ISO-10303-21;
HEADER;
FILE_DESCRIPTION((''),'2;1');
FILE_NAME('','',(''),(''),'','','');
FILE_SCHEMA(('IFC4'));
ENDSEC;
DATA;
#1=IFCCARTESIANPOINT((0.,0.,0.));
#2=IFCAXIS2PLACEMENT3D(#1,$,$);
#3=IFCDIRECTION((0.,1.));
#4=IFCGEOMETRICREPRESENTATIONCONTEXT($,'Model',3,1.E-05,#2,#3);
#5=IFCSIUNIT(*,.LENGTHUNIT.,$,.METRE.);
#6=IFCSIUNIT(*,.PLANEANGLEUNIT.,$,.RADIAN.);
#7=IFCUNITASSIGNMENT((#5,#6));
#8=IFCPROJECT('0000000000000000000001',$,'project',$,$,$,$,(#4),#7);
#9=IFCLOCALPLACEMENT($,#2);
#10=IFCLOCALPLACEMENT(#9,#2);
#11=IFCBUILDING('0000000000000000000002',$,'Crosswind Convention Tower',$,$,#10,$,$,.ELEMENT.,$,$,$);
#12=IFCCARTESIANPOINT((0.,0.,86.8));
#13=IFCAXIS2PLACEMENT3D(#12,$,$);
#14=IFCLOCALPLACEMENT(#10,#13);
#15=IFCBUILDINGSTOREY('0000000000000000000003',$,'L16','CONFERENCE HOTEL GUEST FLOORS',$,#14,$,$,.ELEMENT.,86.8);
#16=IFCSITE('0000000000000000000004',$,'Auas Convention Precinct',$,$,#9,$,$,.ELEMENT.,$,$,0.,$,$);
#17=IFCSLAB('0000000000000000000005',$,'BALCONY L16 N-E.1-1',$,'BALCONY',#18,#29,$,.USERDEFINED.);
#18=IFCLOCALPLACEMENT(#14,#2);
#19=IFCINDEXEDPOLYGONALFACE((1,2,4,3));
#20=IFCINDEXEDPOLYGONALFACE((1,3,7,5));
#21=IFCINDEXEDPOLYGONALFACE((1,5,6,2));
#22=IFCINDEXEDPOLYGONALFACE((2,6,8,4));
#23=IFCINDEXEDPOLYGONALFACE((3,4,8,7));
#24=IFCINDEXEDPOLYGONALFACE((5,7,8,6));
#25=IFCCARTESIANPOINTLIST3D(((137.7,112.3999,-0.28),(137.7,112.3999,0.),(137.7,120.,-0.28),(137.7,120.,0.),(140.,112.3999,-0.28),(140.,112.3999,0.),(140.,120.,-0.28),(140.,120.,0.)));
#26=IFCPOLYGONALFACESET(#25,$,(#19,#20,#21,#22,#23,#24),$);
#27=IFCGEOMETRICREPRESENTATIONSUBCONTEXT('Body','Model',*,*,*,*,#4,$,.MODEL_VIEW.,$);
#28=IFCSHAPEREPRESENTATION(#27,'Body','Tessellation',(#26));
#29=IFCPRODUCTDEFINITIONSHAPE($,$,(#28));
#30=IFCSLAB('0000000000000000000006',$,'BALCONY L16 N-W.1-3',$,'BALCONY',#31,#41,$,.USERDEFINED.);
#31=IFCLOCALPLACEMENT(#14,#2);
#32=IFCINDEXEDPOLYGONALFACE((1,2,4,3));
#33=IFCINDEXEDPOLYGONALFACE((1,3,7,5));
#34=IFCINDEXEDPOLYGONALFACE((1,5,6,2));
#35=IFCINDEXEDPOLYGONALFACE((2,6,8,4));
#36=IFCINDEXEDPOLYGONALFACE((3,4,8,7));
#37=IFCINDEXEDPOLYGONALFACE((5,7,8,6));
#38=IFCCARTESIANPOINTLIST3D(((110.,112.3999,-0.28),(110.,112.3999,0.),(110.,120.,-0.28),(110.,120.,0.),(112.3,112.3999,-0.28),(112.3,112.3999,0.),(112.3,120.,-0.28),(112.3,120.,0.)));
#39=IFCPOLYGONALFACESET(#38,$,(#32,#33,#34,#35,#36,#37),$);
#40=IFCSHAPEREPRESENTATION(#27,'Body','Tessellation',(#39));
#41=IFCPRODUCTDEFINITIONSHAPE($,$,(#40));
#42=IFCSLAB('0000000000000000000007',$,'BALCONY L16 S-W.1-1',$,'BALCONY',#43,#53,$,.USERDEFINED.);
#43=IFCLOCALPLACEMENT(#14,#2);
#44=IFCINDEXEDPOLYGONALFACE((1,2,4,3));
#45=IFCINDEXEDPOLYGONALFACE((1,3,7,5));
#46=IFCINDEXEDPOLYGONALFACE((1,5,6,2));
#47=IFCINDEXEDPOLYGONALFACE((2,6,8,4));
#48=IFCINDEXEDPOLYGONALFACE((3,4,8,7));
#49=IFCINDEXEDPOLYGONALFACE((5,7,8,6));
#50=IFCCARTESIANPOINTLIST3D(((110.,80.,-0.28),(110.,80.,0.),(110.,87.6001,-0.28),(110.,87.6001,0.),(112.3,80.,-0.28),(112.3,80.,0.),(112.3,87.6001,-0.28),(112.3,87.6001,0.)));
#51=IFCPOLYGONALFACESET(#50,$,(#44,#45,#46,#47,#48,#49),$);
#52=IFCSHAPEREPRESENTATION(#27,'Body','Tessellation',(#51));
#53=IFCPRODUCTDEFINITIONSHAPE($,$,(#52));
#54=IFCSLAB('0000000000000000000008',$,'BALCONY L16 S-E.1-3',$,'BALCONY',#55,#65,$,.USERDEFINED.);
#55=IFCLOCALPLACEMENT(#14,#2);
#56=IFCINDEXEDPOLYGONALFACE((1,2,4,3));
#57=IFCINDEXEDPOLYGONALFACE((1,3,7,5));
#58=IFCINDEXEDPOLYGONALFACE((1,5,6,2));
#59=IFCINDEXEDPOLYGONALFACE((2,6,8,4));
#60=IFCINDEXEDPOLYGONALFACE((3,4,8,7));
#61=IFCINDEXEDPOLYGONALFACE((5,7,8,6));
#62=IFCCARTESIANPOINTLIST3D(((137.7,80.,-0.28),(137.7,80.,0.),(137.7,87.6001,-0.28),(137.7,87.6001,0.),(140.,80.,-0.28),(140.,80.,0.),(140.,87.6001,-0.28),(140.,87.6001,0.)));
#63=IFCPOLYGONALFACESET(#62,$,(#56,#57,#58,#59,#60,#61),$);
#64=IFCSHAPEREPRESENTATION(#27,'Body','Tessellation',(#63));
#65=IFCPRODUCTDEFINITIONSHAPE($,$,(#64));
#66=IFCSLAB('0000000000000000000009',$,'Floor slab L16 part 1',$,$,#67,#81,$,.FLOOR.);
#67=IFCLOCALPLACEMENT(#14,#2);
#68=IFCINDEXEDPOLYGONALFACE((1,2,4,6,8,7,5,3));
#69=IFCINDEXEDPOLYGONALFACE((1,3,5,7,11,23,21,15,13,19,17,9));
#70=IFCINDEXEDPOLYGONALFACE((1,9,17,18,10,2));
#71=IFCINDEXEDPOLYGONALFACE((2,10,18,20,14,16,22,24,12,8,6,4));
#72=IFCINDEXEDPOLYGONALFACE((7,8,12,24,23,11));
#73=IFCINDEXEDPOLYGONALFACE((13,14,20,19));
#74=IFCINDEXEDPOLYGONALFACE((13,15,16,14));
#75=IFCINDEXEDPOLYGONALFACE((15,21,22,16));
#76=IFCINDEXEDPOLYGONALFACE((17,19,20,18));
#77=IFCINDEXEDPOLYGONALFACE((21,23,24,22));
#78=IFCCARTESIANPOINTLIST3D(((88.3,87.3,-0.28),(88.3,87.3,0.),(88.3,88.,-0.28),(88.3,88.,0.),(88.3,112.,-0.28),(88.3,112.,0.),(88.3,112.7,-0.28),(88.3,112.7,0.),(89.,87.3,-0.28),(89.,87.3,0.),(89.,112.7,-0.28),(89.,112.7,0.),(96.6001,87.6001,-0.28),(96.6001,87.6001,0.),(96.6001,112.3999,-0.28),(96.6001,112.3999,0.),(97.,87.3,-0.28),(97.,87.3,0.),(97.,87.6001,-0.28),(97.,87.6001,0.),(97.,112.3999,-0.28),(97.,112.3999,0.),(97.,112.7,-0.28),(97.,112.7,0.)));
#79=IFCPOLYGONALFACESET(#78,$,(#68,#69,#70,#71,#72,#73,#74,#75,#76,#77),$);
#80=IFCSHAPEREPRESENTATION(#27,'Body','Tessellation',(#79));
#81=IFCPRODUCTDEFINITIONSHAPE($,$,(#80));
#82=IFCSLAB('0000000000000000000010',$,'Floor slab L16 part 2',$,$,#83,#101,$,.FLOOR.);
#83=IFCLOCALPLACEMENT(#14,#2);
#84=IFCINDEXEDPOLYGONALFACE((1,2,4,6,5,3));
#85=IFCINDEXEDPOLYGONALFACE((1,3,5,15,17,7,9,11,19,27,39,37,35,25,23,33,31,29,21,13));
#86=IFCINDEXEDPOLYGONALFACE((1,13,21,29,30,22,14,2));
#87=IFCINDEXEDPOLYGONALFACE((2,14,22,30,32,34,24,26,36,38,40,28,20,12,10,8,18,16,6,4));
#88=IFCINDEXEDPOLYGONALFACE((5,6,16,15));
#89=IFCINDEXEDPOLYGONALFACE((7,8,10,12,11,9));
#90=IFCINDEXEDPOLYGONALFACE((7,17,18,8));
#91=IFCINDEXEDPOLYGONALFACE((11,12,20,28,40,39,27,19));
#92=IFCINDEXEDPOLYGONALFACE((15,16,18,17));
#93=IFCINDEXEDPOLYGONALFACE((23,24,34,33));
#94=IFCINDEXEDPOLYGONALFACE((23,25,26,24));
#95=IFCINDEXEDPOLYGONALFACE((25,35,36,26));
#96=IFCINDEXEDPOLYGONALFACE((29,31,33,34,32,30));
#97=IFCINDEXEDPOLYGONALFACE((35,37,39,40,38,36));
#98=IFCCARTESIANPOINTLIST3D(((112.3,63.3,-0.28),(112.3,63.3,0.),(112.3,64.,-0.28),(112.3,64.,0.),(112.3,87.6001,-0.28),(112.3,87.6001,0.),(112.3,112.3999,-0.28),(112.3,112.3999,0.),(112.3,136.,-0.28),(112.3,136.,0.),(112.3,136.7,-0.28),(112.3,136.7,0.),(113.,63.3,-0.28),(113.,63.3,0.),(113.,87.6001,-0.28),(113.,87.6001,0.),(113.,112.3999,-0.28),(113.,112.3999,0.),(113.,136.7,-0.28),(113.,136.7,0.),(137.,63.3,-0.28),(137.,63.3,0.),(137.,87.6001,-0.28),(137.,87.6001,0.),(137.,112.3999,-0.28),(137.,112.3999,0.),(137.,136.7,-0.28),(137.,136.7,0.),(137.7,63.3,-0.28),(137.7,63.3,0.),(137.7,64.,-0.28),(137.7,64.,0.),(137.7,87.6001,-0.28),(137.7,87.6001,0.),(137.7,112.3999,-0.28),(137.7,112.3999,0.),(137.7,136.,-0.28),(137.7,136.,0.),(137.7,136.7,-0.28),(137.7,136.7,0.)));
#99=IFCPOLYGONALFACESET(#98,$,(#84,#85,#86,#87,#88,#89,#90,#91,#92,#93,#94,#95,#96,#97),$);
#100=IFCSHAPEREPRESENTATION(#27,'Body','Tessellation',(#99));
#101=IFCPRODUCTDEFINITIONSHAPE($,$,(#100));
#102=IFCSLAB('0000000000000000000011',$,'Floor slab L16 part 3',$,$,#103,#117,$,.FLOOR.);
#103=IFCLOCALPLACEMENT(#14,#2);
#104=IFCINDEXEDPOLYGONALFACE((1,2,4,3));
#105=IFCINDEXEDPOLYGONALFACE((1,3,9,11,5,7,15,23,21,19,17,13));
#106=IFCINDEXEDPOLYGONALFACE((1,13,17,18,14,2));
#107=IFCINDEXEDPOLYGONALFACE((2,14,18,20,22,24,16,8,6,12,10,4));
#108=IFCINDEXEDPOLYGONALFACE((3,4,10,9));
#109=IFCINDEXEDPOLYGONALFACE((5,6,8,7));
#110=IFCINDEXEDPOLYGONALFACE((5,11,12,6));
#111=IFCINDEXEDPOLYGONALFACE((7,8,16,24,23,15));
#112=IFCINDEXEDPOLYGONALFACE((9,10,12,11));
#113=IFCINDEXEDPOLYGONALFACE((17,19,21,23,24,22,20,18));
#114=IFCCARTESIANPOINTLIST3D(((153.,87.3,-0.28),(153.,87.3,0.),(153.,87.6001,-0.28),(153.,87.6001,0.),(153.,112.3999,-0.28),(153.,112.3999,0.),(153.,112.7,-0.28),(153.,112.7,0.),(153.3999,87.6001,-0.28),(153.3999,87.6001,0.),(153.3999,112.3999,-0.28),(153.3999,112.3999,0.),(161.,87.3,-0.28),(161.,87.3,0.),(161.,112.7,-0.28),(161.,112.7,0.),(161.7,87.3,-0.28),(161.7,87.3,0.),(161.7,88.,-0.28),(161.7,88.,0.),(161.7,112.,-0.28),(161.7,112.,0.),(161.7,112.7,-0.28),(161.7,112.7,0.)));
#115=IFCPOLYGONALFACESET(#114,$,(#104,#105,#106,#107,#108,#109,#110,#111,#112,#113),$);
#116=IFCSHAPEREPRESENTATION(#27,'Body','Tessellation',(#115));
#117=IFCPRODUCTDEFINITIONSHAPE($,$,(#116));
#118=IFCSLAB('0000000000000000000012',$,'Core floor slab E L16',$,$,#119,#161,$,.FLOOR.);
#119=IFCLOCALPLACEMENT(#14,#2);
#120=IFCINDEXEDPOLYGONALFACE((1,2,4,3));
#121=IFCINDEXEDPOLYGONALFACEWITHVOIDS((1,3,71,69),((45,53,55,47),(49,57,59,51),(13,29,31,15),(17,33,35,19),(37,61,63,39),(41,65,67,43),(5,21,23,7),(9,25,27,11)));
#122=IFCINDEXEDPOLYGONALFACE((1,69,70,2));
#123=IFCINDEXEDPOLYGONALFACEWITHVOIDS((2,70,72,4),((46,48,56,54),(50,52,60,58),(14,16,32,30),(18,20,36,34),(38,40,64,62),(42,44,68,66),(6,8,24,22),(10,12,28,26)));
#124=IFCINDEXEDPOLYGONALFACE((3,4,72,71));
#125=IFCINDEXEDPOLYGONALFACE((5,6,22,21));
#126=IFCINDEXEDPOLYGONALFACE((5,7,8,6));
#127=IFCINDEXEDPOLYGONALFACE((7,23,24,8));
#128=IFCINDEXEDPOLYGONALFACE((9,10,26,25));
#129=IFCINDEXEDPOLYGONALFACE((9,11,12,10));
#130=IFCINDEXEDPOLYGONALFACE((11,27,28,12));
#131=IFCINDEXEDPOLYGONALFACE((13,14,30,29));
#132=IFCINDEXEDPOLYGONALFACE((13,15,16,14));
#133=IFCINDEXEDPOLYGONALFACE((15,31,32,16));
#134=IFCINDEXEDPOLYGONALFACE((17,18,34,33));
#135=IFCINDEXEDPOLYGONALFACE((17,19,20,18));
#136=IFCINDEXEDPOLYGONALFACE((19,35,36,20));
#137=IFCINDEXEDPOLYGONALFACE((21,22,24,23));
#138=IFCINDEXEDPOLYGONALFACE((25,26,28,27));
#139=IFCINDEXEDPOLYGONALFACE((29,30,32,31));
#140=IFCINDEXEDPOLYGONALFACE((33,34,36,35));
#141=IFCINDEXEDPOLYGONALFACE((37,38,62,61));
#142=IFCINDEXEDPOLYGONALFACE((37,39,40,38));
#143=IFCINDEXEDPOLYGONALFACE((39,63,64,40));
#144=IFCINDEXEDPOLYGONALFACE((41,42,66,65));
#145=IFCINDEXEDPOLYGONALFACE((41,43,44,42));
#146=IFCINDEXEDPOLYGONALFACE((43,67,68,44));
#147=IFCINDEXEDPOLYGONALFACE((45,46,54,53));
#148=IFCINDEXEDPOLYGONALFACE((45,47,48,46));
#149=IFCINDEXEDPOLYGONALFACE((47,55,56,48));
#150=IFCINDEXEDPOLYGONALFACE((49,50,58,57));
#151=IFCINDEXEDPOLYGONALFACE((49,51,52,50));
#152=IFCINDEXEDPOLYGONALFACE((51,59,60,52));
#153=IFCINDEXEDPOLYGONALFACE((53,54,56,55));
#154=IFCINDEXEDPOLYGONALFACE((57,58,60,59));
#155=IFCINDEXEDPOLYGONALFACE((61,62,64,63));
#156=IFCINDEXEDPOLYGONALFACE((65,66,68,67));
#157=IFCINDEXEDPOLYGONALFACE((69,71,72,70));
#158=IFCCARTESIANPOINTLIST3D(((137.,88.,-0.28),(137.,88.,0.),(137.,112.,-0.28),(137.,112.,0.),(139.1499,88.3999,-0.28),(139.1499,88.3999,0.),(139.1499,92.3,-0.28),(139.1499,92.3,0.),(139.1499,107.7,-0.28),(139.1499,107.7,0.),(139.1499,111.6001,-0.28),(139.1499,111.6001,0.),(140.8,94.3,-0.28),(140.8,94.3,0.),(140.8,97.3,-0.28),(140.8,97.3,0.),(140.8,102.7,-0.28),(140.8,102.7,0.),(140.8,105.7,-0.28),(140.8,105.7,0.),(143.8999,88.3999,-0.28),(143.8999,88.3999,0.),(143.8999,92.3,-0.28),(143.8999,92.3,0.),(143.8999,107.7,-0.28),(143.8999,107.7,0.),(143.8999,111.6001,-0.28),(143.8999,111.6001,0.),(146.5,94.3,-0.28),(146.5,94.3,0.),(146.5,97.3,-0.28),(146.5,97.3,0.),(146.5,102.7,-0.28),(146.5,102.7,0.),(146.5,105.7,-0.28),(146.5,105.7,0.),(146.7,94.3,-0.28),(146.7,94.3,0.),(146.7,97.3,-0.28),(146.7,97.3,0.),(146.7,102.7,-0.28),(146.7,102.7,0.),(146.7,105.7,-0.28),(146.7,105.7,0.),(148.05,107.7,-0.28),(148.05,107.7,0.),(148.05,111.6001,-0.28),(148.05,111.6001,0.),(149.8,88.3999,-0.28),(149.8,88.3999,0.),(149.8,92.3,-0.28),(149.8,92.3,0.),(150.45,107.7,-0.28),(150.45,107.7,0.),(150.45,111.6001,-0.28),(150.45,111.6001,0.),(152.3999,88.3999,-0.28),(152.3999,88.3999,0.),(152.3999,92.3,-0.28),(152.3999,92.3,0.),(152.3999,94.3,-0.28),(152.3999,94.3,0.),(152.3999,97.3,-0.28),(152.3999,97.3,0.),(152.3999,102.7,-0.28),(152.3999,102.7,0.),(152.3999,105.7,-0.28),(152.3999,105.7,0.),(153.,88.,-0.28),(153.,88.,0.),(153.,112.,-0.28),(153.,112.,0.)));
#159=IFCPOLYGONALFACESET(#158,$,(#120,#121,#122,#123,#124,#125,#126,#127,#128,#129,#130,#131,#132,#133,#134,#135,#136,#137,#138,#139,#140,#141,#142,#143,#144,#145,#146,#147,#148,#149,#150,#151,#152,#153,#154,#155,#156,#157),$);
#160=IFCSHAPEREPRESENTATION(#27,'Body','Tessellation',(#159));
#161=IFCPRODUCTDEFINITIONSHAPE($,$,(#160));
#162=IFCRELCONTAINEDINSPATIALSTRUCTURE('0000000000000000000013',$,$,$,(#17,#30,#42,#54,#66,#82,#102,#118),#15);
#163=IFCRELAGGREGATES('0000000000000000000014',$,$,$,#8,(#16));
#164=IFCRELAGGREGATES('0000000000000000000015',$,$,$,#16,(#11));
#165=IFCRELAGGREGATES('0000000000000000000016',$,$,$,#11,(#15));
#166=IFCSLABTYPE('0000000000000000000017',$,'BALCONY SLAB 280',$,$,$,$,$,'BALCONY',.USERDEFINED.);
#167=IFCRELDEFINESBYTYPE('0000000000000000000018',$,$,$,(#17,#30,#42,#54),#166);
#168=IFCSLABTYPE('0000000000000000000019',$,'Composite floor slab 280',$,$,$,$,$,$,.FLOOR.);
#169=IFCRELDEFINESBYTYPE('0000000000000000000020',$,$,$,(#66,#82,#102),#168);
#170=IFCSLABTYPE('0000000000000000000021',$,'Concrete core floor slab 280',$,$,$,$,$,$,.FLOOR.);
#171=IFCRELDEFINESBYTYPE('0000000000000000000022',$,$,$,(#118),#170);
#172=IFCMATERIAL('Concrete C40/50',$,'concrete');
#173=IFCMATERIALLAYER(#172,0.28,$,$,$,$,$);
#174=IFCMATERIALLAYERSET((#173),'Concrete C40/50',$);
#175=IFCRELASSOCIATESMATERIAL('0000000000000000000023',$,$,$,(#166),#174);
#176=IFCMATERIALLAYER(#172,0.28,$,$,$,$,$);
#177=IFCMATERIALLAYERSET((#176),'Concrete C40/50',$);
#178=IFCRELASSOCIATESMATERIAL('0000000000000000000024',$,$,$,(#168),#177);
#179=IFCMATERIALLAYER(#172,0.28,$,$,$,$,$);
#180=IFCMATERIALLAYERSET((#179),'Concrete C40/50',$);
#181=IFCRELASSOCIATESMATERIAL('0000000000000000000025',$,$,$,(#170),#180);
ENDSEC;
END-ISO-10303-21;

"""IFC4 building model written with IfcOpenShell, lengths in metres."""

from ifc_helpers import new_model, si_unit, direction, frame, origin, place, context, subcontext, project, spatial, polyline, outline, extrude, material, layer, layer_set, type_object, element, save


model = new_model("IFC4")

# Units and contexts
model_context = context("Model", 3, precision=1e-05, world=origin(), true_north=direction((0.0, 1.0)))
body_context = subcontext(model_context, "Body", "Model", "MODEL_VIEW")
ifc_project = project(units=[si_unit("LENGTHUNIT", "METRE"), si_unit("PLANEANGLEUNIT", "RADIAN")], contexts=[model_context])

# Site, building, storey
site_placement = place(None, origin())
site = spatial("IfcSite", under=ifc_project, at=site_placement, Name="Auas Convention Precinct", CompositionType="ELEMENT", RefElevation=0.0)
building_placement = place(site_placement, origin())
building = spatial("IfcBuilding", under=site, at=building_placement, Name="Crosswind Convention Tower", CompositionType="ELEMENT")
storey_placement = place(building_placement, frame((0.0, 0.0, 86.8)))
storey = spatial("IfcBuildingStorey", under=building, at=storey_placement, Name="L16", Description="CONFERENCE HOTEL GUEST FLOORS", CompositionType="ELEMENT", Elevation=86.8)

# Slabs
ifc_material_1 = material(Name="Concrete C40/50", Category="concrete")
ifc_layer_1 = layer(ifc_material_1, 0.28)
ifc_layer_set_1 = layer_set([ifc_layer_1], Name="Concrete C40/50")
slab_type_1 = type_object("IfcSlabType", Name="BALCONY SLAB 280", ElementType="BALCONY", PredefinedType="USERDEFINED", material=ifc_layer_set_1)
slab_1_placement = place(storey_placement, frame((0.0, 0.0, -0.28)))
element("IfcSlab", 1, at=slab_1_placement, inside=storey, type_object=slab_type_1, Name="BALCONY L16 N-E.1-1", ObjectType="BALCONY", PredefinedType="USERDEFINED", context=body_context, shape_type="SweptSolid", body=[
    extrude(outline(polyline([(137.7, 112.3999), (137.7, 120.0), (140.0, 120.0), (140.0, 112.3999), (137.7, 112.3999)])), origin(), (0.0, 0.0, 1.0), 0.28),
])
slab_2_placement = place(storey_placement, frame((0.0, 0.0, -0.28)))
element("IfcSlab", 2, at=slab_2_placement, inside=storey, type_object=slab_type_1, Name="BALCONY L16 N-W.1-3", ObjectType="BALCONY", PredefinedType="USERDEFINED", context=body_context, shape_type="SweptSolid", body=[
    extrude(outline(polyline([(112.3, 120.0), (112.3, 112.3999), (110.0, 112.3999), (110.0, 120.0), (112.3, 120.0)])), origin(), (0.0, 0.0, 1.0), 0.28),
])
slab_3_placement = place(storey_placement, frame((0.0, 0.0, -0.28)))
element("IfcSlab", 3, at=slab_3_placement, inside=storey, type_object=slab_type_1, Name="BALCONY L16 S-W.1-1", ObjectType="BALCONY", PredefinedType="USERDEFINED", context=body_context, shape_type="SweptSolid", body=[
    extrude(outline(polyline([(112.3, 87.6001), (112.3, 80.0), (110.0, 80.0), (110.0, 87.6001), (112.3, 87.6001)])), origin(), (0.0, 0.0, 1.0), 0.28),
])
slab_4_placement = place(storey_placement, frame((0.0, 0.0, -0.28)))
element("IfcSlab", 4, at=slab_4_placement, inside=storey, type_object=slab_type_1, Name="BALCONY L16 S-E.1-3", ObjectType="BALCONY", PredefinedType="USERDEFINED", context=body_context, shape_type="SweptSolid", body=[
    extrude(outline(polyline([(137.7, 80.0), (137.7, 87.6001), (140.0, 87.6001), (140.0, 80.0), (137.7, 80.0)])), origin(), (0.0, 0.0, 1.0), 0.28),
])
ifc_layer_2 = layer(ifc_material_1, 0.28)
ifc_layer_set_2 = layer_set([ifc_layer_2], Name="Concrete C40/50")
slab_type_2 = type_object("IfcSlabType", Name="Composite floor slab 280", PredefinedType="FLOOR", material=ifc_layer_set_2)
slab_5_placement = place(storey_placement, frame((0.0, 0.0, -0.28)))
element("IfcSlab", 5, at=slab_5_placement, inside=storey, type_object=slab_type_2, Name="Floor slab L16 part 1", PredefinedType="FLOOR", context=body_context, shape_type="SweptSolid", body=[
    extrude(outline(polyline([(97.0, 87.3), (89.0, 87.3), (88.3, 87.3), (88.3, 88.0), (88.3, 112.0), (88.3, 112.7), (89.0, 112.7), (97.0, 112.7), (97.0, 112.3999), (96.6001, 112.3999), (96.6001, 87.6001), (97.0, 87.6001), (97.0, 87.3)])), origin(), (0.0, 0.0, 1.0), 0.28),
])
slab_6_placement = place(storey_placement, frame((0.0, 0.0, -0.28)))
element("IfcSlab", 6, at=slab_6_placement, inside=storey, type_object=slab_type_2, Name="Floor slab L16 part 2", PredefinedType="FLOOR", context=body_context, shape_type="SweptSolid", body=[
    extrude(outline(polyline([(112.3, 87.6001), (113.0, 87.6001), (113.0, 112.3999), (112.3, 112.3999), (112.3, 136.0), (112.3, 136.7), (113.0, 136.7), (137.0, 136.7), (137.7, 136.7), (137.7, 136.0), (137.7, 112.3999), (137.0, 112.3999), (137.0, 87.6001), (137.7, 87.6001), (137.7, 64.0), (137.7, 63.3), (137.0, 63.3), (113.0, 63.3), (112.3, 63.3), (112.3, 64.0), (112.3, 87.6001)])), origin(), (0.0, 0.0, 1.0), 0.28),
])
slab_7_placement = place(storey_placement, frame((0.0, 0.0, -0.28)))
element("IfcSlab", 7, at=slab_7_placement, inside=storey, type_object=slab_type_2, Name="Floor slab L16 part 3", PredefinedType="FLOOR", context=body_context, shape_type="SweptSolid", body=[
    extrude(outline(polyline([(153.0, 112.7), (161.0, 112.7), (161.7, 112.7), (161.7, 112.0), (161.7, 88.0), (161.7, 87.3), (161.0, 87.3), (153.0, 87.3), (153.0, 87.6001), (153.3999, 87.6001), (153.3999, 112.3999), (153.0, 112.3999), (153.0, 112.7)])), origin(), (0.0, 0.0, 1.0), 0.28),
])
ifc_layer_3 = layer(ifc_material_1, 0.28)
ifc_layer_set_3 = layer_set([ifc_layer_3], Name="Concrete C40/50")
slab_type_3 = type_object("IfcSlabType", Name="Concrete core floor slab 280", PredefinedType="FLOOR", material=ifc_layer_set_3)
slab_8_placement = place(storey_placement, frame((0.0, 0.0, -0.28)))
element("IfcSlab", 8, at=slab_8_placement, inside=storey, type_object=slab_type_3, Name="Core floor slab E L16", PredefinedType="FLOOR", context=body_context, shape_type="SweptSolid", body=[
    extrude(outline(polyline([(137.0, 88.0), (153.0, 88.0), (153.0, 112.0), (137.0, 112.0), (137.0, 88.0)]), holes=[polyline([(146.5, 102.7), (146.5, 105.7), (140.8, 105.7), (140.8, 102.7), (146.5, 102.7)]), polyline([(152.3999, 102.7), (152.3999, 105.7), (146.7, 105.7), (146.7, 102.7), (152.3999, 102.7)]), polyline([(146.5, 94.3), (146.5, 97.3), (140.8, 97.3), (140.8, 94.3), (146.5, 94.3)]), polyline([(152.3999, 94.3), (152.3999, 97.3), (146.7, 97.3), (146.7, 94.3), (152.3999, 94.3)]), polyline([(150.45, 107.7), (150.45, 111.6001), (148.05, 111.6001), (148.05, 107.7), (150.45, 107.7)]), polyline([(152.3999, 88.3999), (152.3999, 92.3), (149.8, 92.3), (149.8, 88.3999), (152.3999, 88.3999)]), polyline([(143.8999, 107.7), (143.8999, 111.6001), (139.1499, 111.6001), (139.1499, 107.7), (143.8999, 107.7)]), polyline([(143.8999, 88.3999), (143.8999, 92.3), (139.1499, 92.3), (139.1499, 88.3999), (143.8999, 88.3999)])]), origin(), (0.0, 0.0, 1.0), 0.28),
])

save(model, "model.ifc")
